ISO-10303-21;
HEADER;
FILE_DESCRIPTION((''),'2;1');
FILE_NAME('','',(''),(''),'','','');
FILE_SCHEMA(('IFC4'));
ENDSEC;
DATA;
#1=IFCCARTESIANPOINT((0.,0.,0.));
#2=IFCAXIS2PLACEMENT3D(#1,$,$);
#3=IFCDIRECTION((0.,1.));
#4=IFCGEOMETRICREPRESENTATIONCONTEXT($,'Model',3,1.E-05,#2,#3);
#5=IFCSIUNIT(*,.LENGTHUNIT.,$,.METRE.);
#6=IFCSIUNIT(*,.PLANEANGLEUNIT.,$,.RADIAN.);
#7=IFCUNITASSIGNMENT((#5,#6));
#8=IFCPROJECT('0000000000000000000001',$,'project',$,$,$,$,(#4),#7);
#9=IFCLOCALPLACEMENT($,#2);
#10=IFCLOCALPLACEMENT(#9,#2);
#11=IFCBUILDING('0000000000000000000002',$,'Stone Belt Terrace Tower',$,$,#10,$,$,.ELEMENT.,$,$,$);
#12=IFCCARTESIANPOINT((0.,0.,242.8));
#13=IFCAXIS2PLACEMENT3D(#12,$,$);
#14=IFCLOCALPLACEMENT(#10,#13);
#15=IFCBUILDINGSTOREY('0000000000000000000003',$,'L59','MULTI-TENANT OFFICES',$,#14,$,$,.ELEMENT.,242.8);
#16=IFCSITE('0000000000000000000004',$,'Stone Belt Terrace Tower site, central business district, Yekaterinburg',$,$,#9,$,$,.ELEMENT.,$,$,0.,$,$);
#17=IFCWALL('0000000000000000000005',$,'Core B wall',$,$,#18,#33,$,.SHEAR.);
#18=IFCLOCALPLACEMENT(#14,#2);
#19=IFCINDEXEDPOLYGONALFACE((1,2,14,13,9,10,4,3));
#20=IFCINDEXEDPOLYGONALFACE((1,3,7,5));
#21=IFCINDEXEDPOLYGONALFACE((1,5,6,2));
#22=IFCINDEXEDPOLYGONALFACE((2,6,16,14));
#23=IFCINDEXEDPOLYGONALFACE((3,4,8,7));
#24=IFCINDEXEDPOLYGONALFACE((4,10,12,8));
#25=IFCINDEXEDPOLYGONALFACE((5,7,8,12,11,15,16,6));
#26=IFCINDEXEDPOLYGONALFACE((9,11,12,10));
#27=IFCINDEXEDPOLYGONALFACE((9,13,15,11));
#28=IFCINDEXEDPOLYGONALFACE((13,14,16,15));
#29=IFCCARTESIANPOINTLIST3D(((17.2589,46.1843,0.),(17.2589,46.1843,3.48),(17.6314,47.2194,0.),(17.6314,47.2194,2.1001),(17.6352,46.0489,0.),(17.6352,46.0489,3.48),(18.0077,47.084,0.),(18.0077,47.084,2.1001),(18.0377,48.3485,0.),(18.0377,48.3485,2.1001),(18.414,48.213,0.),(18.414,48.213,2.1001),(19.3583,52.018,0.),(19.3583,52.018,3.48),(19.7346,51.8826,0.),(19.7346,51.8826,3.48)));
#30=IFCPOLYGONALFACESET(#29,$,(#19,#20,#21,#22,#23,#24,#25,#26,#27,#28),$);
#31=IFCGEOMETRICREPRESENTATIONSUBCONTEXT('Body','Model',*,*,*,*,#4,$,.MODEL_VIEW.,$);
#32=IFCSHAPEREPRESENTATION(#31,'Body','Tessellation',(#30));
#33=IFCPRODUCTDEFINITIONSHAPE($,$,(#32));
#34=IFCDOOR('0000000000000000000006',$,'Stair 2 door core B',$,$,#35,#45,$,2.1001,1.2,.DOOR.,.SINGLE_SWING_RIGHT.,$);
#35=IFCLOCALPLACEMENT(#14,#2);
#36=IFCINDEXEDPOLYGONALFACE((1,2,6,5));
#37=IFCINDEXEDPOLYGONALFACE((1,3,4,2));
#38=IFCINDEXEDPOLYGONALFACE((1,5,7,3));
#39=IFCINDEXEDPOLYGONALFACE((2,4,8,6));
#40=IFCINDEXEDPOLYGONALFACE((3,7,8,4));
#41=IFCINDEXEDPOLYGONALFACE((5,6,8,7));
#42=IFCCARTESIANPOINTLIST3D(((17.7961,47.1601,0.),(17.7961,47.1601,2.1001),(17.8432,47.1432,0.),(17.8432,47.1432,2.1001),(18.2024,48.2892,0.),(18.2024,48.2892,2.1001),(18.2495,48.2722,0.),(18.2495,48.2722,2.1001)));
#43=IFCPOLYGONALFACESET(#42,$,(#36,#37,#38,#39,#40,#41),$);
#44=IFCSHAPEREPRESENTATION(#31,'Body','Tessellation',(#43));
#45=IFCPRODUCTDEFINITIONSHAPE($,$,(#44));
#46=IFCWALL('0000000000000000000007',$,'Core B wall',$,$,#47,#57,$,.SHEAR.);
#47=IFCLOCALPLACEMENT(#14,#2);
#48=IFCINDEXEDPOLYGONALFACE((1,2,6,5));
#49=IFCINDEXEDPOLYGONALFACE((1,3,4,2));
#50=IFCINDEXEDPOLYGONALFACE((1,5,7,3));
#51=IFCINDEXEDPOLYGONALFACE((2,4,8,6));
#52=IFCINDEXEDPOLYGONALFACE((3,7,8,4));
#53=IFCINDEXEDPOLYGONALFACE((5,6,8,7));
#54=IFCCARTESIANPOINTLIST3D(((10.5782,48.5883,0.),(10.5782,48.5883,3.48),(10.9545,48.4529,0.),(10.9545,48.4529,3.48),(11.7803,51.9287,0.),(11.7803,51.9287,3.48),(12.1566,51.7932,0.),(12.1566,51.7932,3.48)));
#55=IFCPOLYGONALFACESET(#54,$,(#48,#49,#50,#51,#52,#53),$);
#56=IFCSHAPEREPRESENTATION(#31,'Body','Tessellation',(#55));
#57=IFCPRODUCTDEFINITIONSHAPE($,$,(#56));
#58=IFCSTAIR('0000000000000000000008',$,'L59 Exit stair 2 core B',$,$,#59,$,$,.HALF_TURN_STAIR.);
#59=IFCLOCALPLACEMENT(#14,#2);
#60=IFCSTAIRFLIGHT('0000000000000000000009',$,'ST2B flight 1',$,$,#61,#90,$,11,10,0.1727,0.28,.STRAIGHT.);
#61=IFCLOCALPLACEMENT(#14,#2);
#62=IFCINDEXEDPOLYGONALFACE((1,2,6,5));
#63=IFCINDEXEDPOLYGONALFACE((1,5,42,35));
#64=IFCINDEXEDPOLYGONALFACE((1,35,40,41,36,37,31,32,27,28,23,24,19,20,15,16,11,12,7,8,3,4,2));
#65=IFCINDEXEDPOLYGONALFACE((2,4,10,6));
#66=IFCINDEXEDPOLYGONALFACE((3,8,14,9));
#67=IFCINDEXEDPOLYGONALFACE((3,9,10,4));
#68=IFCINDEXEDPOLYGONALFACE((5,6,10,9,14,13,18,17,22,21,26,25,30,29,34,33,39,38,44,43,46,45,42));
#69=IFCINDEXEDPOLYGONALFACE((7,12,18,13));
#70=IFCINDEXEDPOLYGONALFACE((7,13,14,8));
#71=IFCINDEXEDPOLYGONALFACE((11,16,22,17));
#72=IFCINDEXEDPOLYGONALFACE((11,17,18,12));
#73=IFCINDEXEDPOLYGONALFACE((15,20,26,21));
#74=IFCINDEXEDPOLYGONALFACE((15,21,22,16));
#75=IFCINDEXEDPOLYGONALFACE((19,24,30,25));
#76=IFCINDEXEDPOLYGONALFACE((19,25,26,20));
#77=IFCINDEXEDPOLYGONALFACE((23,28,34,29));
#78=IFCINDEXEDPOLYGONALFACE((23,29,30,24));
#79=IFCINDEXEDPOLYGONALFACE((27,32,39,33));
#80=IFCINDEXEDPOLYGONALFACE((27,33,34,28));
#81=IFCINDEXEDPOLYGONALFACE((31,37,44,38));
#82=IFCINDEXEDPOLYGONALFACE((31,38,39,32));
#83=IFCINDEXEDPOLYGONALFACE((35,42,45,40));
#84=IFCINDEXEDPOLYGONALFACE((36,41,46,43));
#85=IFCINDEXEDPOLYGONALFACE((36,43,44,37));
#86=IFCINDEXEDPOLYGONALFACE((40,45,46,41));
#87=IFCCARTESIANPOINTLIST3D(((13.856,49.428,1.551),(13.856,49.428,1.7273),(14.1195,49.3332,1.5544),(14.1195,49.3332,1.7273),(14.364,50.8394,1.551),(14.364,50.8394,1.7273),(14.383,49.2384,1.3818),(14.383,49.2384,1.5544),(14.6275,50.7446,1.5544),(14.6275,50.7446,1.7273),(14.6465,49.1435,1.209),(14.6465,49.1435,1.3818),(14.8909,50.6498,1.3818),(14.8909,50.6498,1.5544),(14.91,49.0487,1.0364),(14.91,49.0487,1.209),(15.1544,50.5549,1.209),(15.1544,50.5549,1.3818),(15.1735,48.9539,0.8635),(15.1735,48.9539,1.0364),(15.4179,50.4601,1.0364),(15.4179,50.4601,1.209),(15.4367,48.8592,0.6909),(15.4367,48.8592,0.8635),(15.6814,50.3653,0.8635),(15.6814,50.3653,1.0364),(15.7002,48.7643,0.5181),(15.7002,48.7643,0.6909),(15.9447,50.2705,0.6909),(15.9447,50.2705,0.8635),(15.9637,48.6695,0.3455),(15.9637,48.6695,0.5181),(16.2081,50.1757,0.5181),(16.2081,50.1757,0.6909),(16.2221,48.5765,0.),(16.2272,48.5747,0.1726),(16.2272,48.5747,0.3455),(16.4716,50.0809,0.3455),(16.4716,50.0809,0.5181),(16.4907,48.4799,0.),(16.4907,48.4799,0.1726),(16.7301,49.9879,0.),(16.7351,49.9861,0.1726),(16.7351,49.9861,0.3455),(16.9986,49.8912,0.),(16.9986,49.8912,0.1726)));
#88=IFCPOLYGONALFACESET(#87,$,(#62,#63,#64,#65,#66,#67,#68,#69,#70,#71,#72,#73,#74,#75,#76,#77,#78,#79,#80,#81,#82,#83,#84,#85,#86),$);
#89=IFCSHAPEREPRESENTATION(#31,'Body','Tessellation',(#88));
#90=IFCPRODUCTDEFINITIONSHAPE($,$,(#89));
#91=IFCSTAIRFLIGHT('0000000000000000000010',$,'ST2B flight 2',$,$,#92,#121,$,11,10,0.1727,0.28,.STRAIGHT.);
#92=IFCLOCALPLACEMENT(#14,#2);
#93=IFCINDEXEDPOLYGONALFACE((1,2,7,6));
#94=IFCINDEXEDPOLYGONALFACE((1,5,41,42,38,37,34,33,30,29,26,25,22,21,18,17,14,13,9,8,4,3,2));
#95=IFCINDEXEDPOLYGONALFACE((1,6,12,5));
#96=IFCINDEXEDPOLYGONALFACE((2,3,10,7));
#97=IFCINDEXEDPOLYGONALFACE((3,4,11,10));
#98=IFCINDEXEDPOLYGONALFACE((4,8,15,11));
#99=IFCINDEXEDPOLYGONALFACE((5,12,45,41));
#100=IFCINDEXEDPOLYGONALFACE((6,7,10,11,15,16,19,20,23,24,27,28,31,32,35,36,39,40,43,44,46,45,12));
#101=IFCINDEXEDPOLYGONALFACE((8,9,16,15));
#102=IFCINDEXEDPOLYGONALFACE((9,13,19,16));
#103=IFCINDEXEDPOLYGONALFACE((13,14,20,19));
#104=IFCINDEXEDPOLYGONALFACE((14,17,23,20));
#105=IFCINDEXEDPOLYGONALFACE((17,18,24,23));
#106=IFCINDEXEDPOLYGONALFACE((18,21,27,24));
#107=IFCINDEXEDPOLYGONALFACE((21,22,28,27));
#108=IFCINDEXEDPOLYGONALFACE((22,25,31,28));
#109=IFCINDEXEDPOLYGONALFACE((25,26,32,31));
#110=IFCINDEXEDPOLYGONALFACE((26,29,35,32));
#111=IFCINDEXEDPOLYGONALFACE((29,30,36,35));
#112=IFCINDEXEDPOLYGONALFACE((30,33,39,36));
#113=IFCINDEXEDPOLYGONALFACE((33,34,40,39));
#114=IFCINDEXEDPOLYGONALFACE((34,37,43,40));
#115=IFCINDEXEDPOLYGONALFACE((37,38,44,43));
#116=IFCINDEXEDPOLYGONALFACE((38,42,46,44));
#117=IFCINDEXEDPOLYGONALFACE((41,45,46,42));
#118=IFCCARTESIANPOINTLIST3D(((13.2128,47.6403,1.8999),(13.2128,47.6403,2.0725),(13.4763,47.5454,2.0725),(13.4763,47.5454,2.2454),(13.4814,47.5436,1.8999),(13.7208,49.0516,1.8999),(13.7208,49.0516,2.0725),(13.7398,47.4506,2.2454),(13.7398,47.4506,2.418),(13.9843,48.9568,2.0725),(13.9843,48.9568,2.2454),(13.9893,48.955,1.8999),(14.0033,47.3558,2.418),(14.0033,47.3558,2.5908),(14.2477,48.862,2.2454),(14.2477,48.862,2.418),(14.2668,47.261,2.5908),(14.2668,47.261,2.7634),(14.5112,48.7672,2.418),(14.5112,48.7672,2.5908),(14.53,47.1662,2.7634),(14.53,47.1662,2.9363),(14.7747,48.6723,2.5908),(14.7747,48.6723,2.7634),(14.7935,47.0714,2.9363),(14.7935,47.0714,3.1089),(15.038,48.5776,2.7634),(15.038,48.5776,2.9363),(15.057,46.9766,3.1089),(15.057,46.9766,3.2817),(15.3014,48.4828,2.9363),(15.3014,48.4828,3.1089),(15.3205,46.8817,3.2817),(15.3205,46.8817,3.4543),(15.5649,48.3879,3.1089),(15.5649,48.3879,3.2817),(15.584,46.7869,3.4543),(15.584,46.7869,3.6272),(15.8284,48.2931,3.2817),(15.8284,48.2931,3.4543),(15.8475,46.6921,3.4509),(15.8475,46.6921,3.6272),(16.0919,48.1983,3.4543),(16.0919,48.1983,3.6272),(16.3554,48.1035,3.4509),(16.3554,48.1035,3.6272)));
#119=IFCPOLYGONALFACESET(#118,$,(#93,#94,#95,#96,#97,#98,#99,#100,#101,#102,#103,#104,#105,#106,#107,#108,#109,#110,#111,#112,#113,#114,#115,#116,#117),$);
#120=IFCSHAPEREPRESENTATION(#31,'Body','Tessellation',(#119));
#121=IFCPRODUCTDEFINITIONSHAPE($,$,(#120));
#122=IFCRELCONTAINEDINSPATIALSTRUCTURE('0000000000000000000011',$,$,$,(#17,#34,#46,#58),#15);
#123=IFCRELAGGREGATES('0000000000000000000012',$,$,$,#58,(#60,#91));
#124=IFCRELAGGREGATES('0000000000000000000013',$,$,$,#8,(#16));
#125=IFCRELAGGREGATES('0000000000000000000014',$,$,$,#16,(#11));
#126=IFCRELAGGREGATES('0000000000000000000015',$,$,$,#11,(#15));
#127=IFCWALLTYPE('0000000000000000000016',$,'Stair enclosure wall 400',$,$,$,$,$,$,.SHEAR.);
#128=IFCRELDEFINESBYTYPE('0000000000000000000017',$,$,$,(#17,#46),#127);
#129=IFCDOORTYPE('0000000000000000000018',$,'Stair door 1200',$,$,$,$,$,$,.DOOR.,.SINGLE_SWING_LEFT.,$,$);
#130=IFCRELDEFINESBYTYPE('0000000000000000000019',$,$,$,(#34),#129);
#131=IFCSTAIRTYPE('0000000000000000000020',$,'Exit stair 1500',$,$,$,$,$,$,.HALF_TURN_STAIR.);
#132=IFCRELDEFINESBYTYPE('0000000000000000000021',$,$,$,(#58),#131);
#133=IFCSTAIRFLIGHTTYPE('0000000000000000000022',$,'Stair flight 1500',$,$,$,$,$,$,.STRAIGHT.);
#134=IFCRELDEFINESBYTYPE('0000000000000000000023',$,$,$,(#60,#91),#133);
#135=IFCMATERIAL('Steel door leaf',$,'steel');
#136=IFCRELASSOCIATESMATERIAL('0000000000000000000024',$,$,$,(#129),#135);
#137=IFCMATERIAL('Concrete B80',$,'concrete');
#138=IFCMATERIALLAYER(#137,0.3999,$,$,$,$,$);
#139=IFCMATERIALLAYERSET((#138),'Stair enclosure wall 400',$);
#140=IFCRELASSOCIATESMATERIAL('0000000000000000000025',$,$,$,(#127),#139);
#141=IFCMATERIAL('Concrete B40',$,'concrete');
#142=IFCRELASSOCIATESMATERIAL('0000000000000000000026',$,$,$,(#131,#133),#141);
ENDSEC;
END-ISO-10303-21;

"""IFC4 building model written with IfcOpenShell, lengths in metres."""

from ifc_helpers import new_model, si_unit, direction, frame, frame_2d, origin, place, context, subcontext, project, spatial, polyline, rectangle, outline, extrude, material, layer, layer_set, type_object, element, fill, aggregate, save


model = new_model("IFC4")

# Units and contexts
model_context = context("Model", 3, precision=1e-05, world=origin(), true_north=direction((0.0, 1.0)))
body_context = subcontext(model_context, "Body", "Model", "MODEL_VIEW")
ifc_project = project(units=[si_unit("LENGTHUNIT", "METRE"), si_unit("PLANEANGLEUNIT", "RADIAN")], contexts=[model_context])

# Site, building, storey
site_placement = place(None, origin())
site = spatial("IfcSite", under=ifc_project, at=site_placement, Name="Stone Belt Terrace Tower site, central business district, Yekaterinburg", CompositionType="ELEMENT", RefElevation=0.0)
building_placement = place(site_placement, origin())
building = spatial("IfcBuilding", under=site, at=building_placement, Name="Stone Belt Terrace Tower", CompositionType="ELEMENT")
storey_placement = place(building_placement, frame((0.0, 0.0, 242.8)))
storey = spatial("IfcBuildingStorey", under=building, at=storey_placement, Name="L59", Description="MULTI-TENANT OFFICES", CompositionType="ELEMENT", Elevation=242.8)

# Shared definitions
ifc_material_1 = material(Name="Steel door leaf", Category="steel")
door_type_1 = type_object("IfcDoorType", Name="Stair door 1200", OperationType="SINGLE_SWING_LEFT", PredefinedType="DOOR", material=ifc_material_1)

# Wall, opening, door
ifc_material_2 = material(Name="Concrete B80", Category="concrete")
ifc_layer_1 = layer(ifc_material_2, 0.3999)
ifc_layer_set_1 = layer_set([ifc_layer_1], Name="Stair enclosure wall 400")
wall_type_1 = type_object("IfcWallType", Name="Stair enclosure wall 400", PredefinedType="SHEAR", material=ifc_layer_set_1)
wall_1_placement = place(storey_placement, frame((17.447, 46.1165, 0.0), z_axis=(0.0, 0.0, 1.0), x_axis=(0.338608, 0.940928, 0.0)))
wall_1 = element("IfcWall", 1, at=wall_1_placement, inside=storey, type_object=wall_type_1, Name="Core B wall", PredefinedType="SHEAR", context=body_context, shape_type="SweptSolid", body=[
    extrude(rectangle(XDim=6.2, YDim=0.3999, at=frame_2d((3.1001, 0.0))), origin(), (0.0, 0.0, 1.0), 3.48),
])
opening_1_placement = place(wall_1_placement, frame((1.1001, 0.0, 0.0)))
opening_1 = element("IfcOpeningElement", 2, at=opening_1_placement, cuts=wall_1, PredefinedType="OPENING", context=body_context, shape_type="SweptSolid", body=[
    extrude(rectangle(XDim=1.2, YDim=2.1001, at=frame_2d((0.6001, 1.05))), frame((0.0, 0.21, 0.0), z_axis=(0.0, -1.0, 0.0), x_axis=(1.0, 0.0, 0.0)), (0.0, 0.0, 1.0), 0.4199),
])
door_1_placement = place(opening_1_placement, origin())
door_1 = element("IfcDoor", 3, at=door_1_placement, inside=storey, type_object=door_type_1, Name="Stair 2 door core B", OperationType="SINGLE_SWING_RIGHT", OverallHeight=2.1001, OverallWidth=1.2, PredefinedType="DOOR", context=body_context, shape_type="SweptSolid", body=[
    extrude(rectangle(XDim=1.2, YDim=2.1001, at=frame_2d((0.6001, 1.05))), frame((0.0, 0.0249, 0.0), z_axis=(0.0, -1.0, 0.0), x_axis=(1.0, 0.0, 0.0)), (0.0, 0.0, 1.0), 0.05),
])
fill(opening_1, door_1)

# Wall
wall_2_placement = place(storey_placement, frame((10.7664, 48.5208, 0.0), z_axis=(0.0, 0.0, 1.0), x_axis=(0.338627, 0.940921, 0.0)))
element("IfcWall", 4, at=wall_2_placement, inside=storey, type_object=wall_type_1, Name="Core B wall", PredefinedType="SHEAR", context=body_context, shape_type="SweptSolid", body=[
    extrude(rectangle(XDim=3.55, YDim=0.3999, at=frame_2d((1.7749, 0.0))), origin(), (0.0, 0.0, 1.0), 3.48),
])

# Stair, stair flights
ifc_material_3 = material(Name="Concrete B40", Category="concrete")
stair_type = type_object("IfcStairType", Name="Exit stair 1500", PredefinedType="HALF_TURN_STAIR", material=ifc_material_3)
stair_placement = place(storey_placement, origin())
stair = element("IfcStair", 5, at=stair_placement, inside=storey, type_object=stair_type, Name="L59 Exit stair 2 core B", PredefinedType="HALF_TURN_STAIR")
stair_flight_type = type_object("IfcStairFlightType", Name="Stair flight 1500", PredefinedType="STRAIGHT", material=ifc_material_3)
stair_flight_1_placement = place(storey_placement, frame((16.7446, 49.1855, 0.0), z_axis=(0.0, 0.0, 1.0), x_axis=(-0.940922, 0.338624, 0.0)))
stair_flight_1 = element("IfcStairFlight", 6, at=stair_flight_1_placement, type_object=stair_flight_type, Name="ST2B flight 1", NumberOfRisers=11, NumberOfTreads=10, PredefinedType="STRAIGHT", RiserHeight=0.1727, TreadLength=0.28, context=body_context, shape_type="SweptSolid", body=[
    extrude(outline(polyline([(0.0, 0.0), (0.0, 0.1726), (0.28, 0.1726), (0.28, 0.3455), (0.5601, 0.3455), (0.5601, 0.5181), (0.8401, 0.5181), (0.8401, 0.6909), (1.1201, 0.6909), (1.1201, 0.8635), (1.3999, 0.8635), (1.3999, 1.0364), (1.6799, 1.0364), (1.6799, 1.209), (1.96, 1.209), (1.96, 1.3818), (2.24, 1.3818), (2.24, 1.5544), (2.52, 1.5544), (2.52, 1.7273), (2.8, 1.7273), (2.8, 1.8999), (2.8, 1.551), (0.2854, 0.0), (0.0, 0.0)])), frame((0.0, 0.75, 0.0), z_axis=(0.0, -1.0, 0.0), x_axis=(1.0, 0.0, 0.0)), (0.0, 0.0, 1.0), 1.5),
])
stair_flight_2_placement = place(storey_placement, frame((13.4668, 48.3459, 1.8999), z_axis=(0.0, 0.0, 1.0), x_axis=(0.940922, -0.338624, 0.0)))
stair_flight_2 = element("IfcStairFlight", 7, at=stair_flight_2_placement, type_object=stair_flight_type, Name="ST2B flight 2", NumberOfRisers=11, NumberOfTreads=10, PredefinedType="STRAIGHT", RiserHeight=0.1727, TreadLength=0.28, context=body_context, shape_type="SweptSolid", body=[
    extrude(outline(polyline([(0.0, 0.0), (0.0, 0.1726), (0.28, 0.1726), (0.28, 0.3455), (0.5601, 0.3455), (0.5601, 0.5181), (0.8401, 0.5181), (0.8401, 0.6909), (1.1201, 0.6909), (1.1201, 0.8635), (1.3999, 0.8635), (1.3999, 1.0364), (1.6799, 1.0364), (1.6799, 1.209), (1.96, 1.209), (1.96, 1.3818), (2.24, 1.3818), (2.24, 1.5544), (2.52, 1.5544), (2.52, 1.7273), (2.8, 1.7273), (2.8, 1.8999), (2.8, 1.551), (0.2854, 0.0), (0.0, 0.0)])), frame((0.0, 0.75, 0.0), z_axis=(0.0, -1.0, 0.0), x_axis=(1.0, 0.0, 0.0)), (0.0, 0.0, 1.0), 1.5),
])
aggregate(stair, [stair_flight_1, stair_flight_2])

save(model, "model.ifc")
